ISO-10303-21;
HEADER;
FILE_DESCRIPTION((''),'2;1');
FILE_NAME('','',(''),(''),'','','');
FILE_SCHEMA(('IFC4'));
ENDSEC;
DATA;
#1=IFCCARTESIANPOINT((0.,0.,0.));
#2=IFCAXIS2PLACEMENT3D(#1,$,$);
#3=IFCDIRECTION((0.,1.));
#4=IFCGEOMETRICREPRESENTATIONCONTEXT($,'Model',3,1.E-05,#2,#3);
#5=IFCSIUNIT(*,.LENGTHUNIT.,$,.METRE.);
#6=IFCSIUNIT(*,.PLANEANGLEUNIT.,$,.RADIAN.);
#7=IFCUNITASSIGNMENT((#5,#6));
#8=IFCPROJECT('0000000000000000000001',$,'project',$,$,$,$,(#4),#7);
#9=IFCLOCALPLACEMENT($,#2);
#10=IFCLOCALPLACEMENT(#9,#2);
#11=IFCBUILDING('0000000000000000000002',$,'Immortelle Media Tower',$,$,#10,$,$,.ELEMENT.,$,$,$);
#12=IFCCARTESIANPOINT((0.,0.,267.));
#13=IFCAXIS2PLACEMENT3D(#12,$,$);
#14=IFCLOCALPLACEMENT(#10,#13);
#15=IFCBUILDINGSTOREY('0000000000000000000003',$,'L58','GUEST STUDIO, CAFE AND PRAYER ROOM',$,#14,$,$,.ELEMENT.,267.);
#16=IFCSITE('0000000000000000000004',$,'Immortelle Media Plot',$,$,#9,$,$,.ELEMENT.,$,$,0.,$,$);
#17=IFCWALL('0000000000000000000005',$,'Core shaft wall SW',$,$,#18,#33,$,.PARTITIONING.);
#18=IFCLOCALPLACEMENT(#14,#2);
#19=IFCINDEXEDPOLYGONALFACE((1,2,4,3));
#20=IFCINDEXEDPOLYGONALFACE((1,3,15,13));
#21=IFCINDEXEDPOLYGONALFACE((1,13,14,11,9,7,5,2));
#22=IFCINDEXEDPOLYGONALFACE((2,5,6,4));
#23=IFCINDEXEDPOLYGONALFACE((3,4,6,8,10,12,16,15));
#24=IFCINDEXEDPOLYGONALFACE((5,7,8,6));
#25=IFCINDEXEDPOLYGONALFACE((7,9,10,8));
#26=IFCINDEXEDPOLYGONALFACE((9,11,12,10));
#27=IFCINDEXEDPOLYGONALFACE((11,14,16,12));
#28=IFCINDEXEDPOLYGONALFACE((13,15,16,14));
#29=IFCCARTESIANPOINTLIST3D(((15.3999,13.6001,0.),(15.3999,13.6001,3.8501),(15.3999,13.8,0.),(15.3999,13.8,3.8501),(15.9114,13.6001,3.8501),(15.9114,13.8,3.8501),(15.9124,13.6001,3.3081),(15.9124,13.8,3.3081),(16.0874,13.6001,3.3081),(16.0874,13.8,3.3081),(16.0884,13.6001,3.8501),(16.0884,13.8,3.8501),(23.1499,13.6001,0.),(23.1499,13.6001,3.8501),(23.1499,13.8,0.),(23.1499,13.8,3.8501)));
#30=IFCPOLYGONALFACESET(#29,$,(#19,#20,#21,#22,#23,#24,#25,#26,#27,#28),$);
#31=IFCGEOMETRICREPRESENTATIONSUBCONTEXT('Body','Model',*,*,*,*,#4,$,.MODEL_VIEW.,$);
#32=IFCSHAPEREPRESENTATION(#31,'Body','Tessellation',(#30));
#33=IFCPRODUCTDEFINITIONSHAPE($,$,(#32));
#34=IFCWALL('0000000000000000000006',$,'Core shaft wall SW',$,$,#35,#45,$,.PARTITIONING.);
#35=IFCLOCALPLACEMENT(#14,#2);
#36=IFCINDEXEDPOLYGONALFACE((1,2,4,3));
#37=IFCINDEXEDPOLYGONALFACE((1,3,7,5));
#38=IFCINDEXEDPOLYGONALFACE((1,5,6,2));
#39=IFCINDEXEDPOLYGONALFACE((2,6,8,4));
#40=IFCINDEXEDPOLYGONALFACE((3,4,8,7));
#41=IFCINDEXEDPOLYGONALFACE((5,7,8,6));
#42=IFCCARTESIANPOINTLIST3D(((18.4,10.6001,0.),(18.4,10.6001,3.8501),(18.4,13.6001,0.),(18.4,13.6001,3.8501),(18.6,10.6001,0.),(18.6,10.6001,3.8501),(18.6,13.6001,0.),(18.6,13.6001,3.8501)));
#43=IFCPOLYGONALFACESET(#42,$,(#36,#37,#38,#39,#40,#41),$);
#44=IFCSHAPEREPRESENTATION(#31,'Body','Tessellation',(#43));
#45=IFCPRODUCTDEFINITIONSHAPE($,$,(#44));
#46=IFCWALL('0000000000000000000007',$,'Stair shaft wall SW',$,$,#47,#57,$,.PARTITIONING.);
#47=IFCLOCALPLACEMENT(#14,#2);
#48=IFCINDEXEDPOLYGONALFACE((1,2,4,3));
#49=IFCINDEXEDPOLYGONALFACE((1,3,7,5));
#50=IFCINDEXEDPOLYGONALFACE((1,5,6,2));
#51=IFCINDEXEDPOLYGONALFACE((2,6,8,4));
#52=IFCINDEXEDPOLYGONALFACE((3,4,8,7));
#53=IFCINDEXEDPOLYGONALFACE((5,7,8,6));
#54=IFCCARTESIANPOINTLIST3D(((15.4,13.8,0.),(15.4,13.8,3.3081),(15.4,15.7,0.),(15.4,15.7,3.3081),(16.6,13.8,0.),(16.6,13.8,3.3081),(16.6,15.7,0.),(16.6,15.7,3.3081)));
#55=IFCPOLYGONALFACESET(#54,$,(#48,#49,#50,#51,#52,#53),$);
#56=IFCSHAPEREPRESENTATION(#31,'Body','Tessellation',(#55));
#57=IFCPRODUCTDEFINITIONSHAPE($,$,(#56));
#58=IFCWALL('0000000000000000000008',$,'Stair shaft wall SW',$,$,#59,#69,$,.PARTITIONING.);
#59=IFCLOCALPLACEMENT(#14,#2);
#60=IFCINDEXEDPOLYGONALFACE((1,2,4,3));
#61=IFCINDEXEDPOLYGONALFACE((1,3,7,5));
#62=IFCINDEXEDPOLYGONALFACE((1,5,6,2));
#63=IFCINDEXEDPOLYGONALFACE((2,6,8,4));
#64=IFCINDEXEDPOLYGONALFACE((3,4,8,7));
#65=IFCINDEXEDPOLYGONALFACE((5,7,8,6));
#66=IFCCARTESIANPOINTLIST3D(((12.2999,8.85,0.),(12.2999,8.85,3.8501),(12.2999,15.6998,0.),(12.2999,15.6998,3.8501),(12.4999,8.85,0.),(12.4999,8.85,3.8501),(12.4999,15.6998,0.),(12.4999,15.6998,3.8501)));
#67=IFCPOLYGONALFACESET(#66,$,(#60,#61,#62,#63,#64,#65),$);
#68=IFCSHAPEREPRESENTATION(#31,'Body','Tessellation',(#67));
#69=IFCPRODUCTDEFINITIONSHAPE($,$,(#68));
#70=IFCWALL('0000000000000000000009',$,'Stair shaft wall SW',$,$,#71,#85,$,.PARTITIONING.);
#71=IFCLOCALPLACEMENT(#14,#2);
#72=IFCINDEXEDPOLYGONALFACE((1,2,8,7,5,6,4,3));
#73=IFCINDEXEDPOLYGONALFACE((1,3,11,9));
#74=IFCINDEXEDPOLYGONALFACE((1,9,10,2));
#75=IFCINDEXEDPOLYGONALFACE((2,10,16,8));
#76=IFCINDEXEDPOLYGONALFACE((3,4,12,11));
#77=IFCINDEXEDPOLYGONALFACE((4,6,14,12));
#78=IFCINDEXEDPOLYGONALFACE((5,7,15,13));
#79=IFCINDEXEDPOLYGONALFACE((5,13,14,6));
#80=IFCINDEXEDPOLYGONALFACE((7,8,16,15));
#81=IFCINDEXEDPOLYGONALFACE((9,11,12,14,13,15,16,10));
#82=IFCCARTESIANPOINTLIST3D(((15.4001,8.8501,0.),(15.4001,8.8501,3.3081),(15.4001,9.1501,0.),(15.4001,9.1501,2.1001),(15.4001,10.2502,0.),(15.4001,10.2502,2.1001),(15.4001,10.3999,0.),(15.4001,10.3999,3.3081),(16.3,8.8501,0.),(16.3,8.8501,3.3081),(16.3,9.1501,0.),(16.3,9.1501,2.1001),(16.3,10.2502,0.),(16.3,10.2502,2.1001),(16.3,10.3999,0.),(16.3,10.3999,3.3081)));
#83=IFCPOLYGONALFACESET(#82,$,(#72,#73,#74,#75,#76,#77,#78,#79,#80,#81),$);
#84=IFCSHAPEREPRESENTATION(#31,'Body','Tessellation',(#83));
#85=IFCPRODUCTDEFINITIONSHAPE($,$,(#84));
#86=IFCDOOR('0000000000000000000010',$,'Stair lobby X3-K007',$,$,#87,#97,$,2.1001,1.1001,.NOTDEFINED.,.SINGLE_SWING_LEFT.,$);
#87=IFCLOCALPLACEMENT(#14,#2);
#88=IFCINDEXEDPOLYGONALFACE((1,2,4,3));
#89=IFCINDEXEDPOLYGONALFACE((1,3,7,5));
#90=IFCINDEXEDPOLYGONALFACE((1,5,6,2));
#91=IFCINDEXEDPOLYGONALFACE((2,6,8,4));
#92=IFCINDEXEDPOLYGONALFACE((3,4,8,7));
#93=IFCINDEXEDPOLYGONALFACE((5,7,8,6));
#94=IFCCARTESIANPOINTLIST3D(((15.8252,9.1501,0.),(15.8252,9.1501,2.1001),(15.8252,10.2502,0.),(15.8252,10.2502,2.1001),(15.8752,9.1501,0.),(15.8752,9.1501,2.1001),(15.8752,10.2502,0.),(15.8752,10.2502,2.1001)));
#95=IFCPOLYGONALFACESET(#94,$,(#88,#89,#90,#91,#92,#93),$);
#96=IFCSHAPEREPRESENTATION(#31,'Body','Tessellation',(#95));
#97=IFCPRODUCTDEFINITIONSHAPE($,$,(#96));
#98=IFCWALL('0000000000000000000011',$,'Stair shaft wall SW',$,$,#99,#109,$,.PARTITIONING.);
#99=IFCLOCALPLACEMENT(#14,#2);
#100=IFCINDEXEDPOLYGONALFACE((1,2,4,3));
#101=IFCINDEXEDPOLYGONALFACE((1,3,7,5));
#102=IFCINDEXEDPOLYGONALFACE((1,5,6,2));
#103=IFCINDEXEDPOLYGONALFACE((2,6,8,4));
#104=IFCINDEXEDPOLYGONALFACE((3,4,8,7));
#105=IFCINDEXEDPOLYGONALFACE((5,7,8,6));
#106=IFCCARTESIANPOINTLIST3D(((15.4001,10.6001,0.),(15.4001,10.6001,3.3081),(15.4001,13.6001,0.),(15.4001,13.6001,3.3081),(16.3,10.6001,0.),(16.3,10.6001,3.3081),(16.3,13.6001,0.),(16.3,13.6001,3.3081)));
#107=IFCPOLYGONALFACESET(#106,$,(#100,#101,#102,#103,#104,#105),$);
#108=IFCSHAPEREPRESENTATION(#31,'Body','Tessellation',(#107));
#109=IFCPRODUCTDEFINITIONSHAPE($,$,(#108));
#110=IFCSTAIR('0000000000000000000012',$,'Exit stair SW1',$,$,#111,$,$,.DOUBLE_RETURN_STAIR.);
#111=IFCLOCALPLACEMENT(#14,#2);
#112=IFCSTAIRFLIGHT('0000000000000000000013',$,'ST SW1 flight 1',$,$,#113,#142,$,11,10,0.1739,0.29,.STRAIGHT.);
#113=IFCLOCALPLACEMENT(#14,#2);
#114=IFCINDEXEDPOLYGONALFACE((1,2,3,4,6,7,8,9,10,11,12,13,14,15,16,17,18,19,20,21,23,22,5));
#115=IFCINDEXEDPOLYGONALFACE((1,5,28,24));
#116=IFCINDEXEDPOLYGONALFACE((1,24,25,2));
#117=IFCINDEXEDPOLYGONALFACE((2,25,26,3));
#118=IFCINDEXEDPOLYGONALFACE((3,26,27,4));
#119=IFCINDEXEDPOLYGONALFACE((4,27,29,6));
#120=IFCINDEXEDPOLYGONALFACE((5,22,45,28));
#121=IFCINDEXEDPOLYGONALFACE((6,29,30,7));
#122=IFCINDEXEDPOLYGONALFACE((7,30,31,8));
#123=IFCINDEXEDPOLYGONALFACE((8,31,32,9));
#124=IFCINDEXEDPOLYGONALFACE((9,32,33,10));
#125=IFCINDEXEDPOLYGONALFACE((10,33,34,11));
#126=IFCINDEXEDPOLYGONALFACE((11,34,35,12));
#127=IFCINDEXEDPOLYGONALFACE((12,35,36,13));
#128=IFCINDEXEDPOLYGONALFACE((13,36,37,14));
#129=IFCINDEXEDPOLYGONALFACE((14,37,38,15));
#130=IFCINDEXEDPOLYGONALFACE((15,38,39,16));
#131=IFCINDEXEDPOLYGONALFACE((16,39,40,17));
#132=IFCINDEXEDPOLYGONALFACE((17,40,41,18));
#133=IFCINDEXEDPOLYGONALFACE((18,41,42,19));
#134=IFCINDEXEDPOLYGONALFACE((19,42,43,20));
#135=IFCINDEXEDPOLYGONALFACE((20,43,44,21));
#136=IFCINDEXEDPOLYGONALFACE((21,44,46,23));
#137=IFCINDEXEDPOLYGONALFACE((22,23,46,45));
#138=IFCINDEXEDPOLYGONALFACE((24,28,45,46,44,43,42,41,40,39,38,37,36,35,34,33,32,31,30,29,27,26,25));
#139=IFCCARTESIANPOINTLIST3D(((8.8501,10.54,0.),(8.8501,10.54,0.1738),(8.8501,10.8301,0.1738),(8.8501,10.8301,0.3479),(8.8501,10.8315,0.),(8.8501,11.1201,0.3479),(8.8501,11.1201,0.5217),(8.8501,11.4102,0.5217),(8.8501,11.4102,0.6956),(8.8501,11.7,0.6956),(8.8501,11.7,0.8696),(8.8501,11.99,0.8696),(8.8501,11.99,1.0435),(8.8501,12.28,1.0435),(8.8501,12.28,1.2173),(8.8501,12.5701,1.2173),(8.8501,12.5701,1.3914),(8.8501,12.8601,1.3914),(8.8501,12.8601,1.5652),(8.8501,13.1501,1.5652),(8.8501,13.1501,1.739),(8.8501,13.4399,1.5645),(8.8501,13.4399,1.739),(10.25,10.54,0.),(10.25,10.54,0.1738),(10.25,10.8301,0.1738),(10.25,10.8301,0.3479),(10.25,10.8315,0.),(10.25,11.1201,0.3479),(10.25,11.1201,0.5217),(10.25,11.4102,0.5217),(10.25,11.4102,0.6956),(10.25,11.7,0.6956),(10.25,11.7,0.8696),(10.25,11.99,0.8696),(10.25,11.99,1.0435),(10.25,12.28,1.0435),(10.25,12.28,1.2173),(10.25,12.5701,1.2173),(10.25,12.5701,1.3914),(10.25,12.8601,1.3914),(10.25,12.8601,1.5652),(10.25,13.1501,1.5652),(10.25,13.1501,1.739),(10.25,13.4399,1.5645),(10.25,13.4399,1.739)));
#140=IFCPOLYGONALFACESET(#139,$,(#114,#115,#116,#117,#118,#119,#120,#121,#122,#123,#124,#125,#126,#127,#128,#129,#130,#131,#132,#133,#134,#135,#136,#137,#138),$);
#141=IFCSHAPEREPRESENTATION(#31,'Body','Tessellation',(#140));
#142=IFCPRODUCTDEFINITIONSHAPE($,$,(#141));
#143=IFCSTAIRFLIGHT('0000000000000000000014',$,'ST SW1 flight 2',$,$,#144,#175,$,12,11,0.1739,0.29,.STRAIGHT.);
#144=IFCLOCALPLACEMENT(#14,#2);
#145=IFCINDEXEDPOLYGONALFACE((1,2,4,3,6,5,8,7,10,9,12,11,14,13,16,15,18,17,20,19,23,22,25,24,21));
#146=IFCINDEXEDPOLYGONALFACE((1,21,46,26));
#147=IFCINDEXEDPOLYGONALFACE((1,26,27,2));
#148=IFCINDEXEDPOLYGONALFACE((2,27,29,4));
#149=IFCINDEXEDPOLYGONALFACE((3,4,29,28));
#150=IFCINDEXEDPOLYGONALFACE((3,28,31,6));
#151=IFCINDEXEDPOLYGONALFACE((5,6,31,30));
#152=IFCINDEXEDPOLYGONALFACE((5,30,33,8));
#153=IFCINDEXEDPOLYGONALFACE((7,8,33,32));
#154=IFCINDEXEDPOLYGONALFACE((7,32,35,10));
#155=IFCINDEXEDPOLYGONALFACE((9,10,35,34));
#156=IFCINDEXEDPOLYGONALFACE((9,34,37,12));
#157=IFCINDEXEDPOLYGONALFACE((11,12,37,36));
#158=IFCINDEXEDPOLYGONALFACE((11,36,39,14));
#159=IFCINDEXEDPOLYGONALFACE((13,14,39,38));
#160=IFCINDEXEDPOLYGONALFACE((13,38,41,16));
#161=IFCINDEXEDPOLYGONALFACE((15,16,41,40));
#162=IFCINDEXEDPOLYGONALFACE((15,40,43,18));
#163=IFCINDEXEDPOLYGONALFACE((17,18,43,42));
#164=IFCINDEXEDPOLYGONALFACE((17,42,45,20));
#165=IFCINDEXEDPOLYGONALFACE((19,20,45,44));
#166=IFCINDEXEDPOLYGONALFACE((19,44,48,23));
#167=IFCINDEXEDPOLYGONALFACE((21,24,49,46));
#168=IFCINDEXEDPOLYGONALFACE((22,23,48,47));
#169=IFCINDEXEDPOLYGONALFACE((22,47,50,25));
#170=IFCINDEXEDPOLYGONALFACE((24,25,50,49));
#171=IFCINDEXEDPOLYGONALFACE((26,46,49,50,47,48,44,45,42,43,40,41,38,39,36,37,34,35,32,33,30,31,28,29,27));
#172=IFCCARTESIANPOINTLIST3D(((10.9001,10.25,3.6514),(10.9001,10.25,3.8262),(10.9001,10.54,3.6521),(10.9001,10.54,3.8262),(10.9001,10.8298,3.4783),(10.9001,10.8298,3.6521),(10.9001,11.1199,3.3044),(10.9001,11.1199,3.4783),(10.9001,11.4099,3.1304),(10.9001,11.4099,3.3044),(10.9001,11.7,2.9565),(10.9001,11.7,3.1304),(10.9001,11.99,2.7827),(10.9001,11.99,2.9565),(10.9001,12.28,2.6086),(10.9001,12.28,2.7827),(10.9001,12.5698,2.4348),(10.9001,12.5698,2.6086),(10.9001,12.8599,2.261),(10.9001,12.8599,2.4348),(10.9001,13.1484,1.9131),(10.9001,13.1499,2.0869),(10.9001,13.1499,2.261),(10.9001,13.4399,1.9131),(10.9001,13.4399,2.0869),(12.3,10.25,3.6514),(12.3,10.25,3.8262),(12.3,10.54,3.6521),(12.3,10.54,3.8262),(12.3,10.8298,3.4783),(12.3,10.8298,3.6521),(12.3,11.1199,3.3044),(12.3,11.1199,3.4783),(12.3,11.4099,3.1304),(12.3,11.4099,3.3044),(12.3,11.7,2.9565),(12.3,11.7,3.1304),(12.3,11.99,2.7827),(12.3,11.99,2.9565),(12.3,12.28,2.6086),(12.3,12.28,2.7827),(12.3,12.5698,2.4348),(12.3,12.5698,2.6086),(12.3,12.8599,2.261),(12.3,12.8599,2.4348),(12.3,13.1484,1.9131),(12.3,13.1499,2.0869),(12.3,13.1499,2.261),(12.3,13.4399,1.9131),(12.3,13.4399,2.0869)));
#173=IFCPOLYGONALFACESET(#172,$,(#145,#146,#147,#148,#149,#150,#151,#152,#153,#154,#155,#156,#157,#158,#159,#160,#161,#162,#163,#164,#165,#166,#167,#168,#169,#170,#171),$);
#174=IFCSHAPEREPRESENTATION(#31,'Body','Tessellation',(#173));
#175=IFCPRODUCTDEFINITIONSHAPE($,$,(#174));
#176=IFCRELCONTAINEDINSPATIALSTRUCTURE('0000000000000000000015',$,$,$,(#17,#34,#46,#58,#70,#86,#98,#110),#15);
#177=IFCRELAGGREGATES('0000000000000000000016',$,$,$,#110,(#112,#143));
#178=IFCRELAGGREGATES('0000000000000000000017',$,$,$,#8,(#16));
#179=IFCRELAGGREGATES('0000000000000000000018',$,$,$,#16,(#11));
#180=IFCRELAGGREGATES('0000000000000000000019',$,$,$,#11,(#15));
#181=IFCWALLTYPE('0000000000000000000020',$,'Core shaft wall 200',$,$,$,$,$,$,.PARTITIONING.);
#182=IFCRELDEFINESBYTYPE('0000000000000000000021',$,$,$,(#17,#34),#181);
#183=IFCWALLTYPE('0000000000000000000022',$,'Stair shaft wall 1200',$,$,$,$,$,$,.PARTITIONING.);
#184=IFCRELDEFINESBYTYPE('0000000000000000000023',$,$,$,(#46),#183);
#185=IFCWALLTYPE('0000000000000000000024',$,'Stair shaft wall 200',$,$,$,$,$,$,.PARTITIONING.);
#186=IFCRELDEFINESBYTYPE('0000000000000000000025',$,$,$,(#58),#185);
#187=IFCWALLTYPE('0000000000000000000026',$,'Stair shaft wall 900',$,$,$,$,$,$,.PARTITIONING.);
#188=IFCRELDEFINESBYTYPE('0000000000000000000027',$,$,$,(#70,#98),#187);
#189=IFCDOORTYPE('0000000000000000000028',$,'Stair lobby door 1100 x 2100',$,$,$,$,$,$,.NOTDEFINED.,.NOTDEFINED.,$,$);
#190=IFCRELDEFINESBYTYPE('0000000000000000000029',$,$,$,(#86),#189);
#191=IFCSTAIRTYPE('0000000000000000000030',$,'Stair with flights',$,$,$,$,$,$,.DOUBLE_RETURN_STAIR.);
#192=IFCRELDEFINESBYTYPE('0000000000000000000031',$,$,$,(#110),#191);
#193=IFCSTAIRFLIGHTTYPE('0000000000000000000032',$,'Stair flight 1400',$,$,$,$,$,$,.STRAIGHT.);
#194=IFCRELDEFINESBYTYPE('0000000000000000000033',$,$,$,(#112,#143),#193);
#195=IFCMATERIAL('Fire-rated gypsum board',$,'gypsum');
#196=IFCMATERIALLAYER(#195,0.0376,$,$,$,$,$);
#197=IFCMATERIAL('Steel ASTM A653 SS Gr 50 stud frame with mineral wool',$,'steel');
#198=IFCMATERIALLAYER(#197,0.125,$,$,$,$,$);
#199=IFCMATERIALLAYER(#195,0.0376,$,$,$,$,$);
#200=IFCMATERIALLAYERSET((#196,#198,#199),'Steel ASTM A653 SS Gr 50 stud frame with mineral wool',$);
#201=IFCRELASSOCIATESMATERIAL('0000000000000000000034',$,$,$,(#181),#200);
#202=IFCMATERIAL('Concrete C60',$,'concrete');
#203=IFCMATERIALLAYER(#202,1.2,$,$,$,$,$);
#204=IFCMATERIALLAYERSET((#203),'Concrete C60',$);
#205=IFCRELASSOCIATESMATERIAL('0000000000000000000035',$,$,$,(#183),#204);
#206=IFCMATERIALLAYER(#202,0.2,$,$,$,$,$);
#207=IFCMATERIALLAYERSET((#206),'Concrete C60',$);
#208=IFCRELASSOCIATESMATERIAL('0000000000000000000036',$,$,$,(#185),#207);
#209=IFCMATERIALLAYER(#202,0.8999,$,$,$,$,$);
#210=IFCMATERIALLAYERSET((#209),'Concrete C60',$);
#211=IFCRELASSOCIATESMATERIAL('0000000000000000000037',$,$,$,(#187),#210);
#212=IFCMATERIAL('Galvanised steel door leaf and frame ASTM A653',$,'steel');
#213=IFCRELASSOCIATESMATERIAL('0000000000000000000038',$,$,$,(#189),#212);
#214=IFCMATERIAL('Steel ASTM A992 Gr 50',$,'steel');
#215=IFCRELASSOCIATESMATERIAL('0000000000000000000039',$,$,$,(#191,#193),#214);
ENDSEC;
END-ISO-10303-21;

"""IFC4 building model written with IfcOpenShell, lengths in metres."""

from ifc_helpers import new_model, si_unit, direction, frame, frame_2d, origin, place, context, subcontext, project, spatial, polyline, rectangle, outline, extrude, material, layer, layer_set, type_object, element, fill, aggregate, save


model = new_model("IFC4")

# Units and contexts
model_context = context("Model", 3, precision=1e-05, world=origin(), true_north=direction((0.0, 1.0)))
body_context = subcontext(model_context, "Body", "Model", "MODEL_VIEW")
ifc_project = project(units=[si_unit("LENGTHUNIT", "METRE"), si_unit("PLANEANGLEUNIT", "RADIAN")], contexts=[model_context])

# Site, building, storey
site_placement = place(None, origin())
site = spatial("IfcSite", under=ifc_project, at=site_placement, Name="Immortelle Media Plot", CompositionType="ELEMENT", RefElevation=0.0)
building_placement = place(site_placement, origin())
building = spatial("IfcBuilding", under=site, at=building_placement, Name="Immortelle Media Tower", CompositionType="ELEMENT")
storey_placement = place(building_placement, frame((0.0, 0.0, 267.0)))
storey = spatial("IfcBuildingStorey", under=building, at=storey_placement, Name="L58", Description="GUEST STUDIO, CAFE AND PRAYER ROOM", CompositionType="ELEMENT", Elevation=267.0)

# Shared definitions
ifc_material_1 = material(Name="Steel ASTM A992 Gr 50", Category="steel")

# Shared definitions
ifc_material_2 = material(Name="Fire-rated gypsum board", Category="gypsum")
ifc_layer_1 = layer(ifc_material_2, 0.0376)
ifc_material_3 = material(Name="Steel ASTM A653 SS Gr 50 stud frame with mineral wool", Category="steel")
ifc_layer_2 = layer(ifc_material_3, 0.125)
ifc_layer_3 = layer(ifc_material_2, 0.0376)
ifc_layer_set_1 = layer_set([ifc_layer_1, ifc_layer_2, ifc_layer_3], Name="Steel ASTM A653 SS Gr 50 stud frame with mineral wool")
wall_type_1 = type_object("IfcWallType", Name="Core shaft wall 200", PredefinedType="PARTITIONING", material=ifc_layer_set_1)

# Walls
wall_1_placement = place(storey_placement, frame((15.3999, 13.7, 0.0), z_axis=(0.0, 0.0, 1.0), x_axis=(1.0, 0.0, 0.0)))
element("IfcWall", 1, at=wall_1_placement, inside=storey, type_object=wall_type_1, Name="Core shaft wall SW", PredefinedType="PARTITIONING", context=body_context, shape_type="SweptSolid", body=[
    extrude(outline(polyline([(0.0, 0.0), (7.75, 0.0), (7.75, 3.8501), (0.6885, 3.8501), (0.6875, 3.3081), (0.5125, 3.3081), (0.5115, 3.8501), (0.0, 3.8501), (0.0, 0.0)])), frame((0.0, 0.1001, 0.0), z_axis=(0.0, -1.0, 0.0), x_axis=(1.0, 0.0, 0.0)), (0.0, 0.0, 1.0), 0.2),
])
wall_2_placement = place(storey_placement, frame((18.5, 10.6001, 0.0), z_axis=(0.0, 0.0, 1.0), x_axis=(0.0, 1.0, 0.0)))
element("IfcWall", 2, at=wall_2_placement, inside=storey, type_object=wall_type_1, Name="Core shaft wall SW", PredefinedType="PARTITIONING", context=body_context, shape_type="SweptSolid", body=[
    extrude(rectangle(XDim=3.0, YDim=0.2, at=frame_2d((1.5, 0.0))), origin(), (0.0, 0.0, 1.0), 3.8501),
])
ifc_material_4 = material(Name="Concrete C60", Category="concrete")
ifc_layer_4 = layer(ifc_material_4, 1.2)
ifc_layer_set_2 = layer_set([ifc_layer_4], Name="Concrete C60")
wall_type_2 = type_object("IfcWallType", Name="Stair shaft wall 1200", PredefinedType="PARTITIONING", material=ifc_layer_set_2)
wall_3_placement = place(storey_placement, frame((16.0, 13.8, 0.0), z_axis=(0.0, 0.0, 1.0), x_axis=(0.0, 1.0, 0.0)))
element("IfcWall", 3, at=wall_3_placement, inside=storey, type_object=wall_type_2, Name="Stair shaft wall SW", PredefinedType="PARTITIONING", context=body_context, shape_type="SweptSolid", body=[
    extrude(rectangle(XDim=1.8999, YDim=1.2, at=frame_2d((0.95, 0.0))), origin(), (0.0, 0.0, 1.0), 3.3081),
])
ifc_layer_5 = layer(ifc_material_4, 0.2)
ifc_layer_set_3 = layer_set([ifc_layer_5], Name="Concrete C60")
wall_type_3 = type_object("IfcWallType", Name="Stair shaft wall 200", PredefinedType="PARTITIONING", material=ifc_layer_set_3)
wall_4_placement = place(storey_placement, frame((12.3999, 8.8501, 0.0), z_axis=(0.0, 0.0, 1.0), x_axis=(0.0, 1.0, 0.0)))
element("IfcWall", 4, at=wall_4_placement, inside=storey, type_object=wall_type_3, Name="Stair shaft wall SW", PredefinedType="PARTITIONING", context=body_context, shape_type="SweptSolid", body=[
    extrude(rectangle(XDim=6.8499, YDim=0.2, at=frame_2d((3.4248, 0.0))), origin(), (0.0, 0.0, 1.0), 3.8501),
])

# Wall, opening, door
ifc_layer_6 = layer(ifc_material_4, 0.8999)
ifc_layer_set_4 = layer_set([ifc_layer_6], Name="Concrete C60")
wall_type_4 = type_object("IfcWallType", Name="Stair shaft wall 900", PredefinedType="PARTITIONING", material=ifc_layer_set_4)
wall_5_placement = place(storey_placement, frame((15.8501, 8.8501, 0.0), z_axis=(0.0, 0.0, 1.0), x_axis=(0.0, 1.0, 0.0)))
wall_5 = element("IfcWall", 5, at=wall_5_placement, inside=storey, type_object=wall_type_4, Name="Stair shaft wall SW", PredefinedType="PARTITIONING", context=body_context, shape_type="SweptSolid", body=[
    extrude(rectangle(XDim=1.5498, YDim=0.8999, at=frame_2d((0.7749, 0.0))), origin(), (0.0, 0.0, 1.0), 3.3081),
])
opening_1_placement = place(wall_5_placement, frame((0.3, 0.0, 0.0)))
opening_1 = element("IfcOpeningElement", 6, at=opening_1_placement, cuts=wall_5, PredefinedType="OPENING", context=body_context, shape_type="SweptSolid", body=[
    extrude(rectangle(XDim=1.1001, YDim=2.1001, at=frame_2d((0.55, 1.05))), frame((0.0, 0.46, 0.0), z_axis=(0.0, -1.0, 0.0), x_axis=(1.0, 0.0, 0.0)), (0.0, 0.0, 1.0), 0.9199),
])
ifc_material_5 = material(Name="Galvanised steel door leaf and frame ASTM A653", Category="steel")
door_type_1 = type_object("IfcDoorType", Name="Stair lobby door 1100 x 2100", OperationType="NOTDEFINED", PredefinedType="NOTDEFINED", material=ifc_material_5)
door_1_placement = place(opening_1_placement, origin())
door_1 = element("IfcDoor", 7, at=door_1_placement, inside=storey, type_object=door_type_1, Name="Stair lobby X3-K007", OperationType="SINGLE_SWING_LEFT", OverallHeight=2.1001, OverallWidth=1.1001, PredefinedType="NOTDEFINED", context=body_context, shape_type="SweptSolid", body=[
    extrude(rectangle(XDim=1.1001, YDim=2.1001, at=frame_2d((0.55, 1.05))), frame((0.0, 0.0249, 0.0), z_axis=(0.0, -1.0, 0.0), x_axis=(1.0, 0.0, 0.0)), (0.0, 0.0, 1.0), 0.05),
])
fill(opening_1, door_1)

# Wall
wall_6_placement = place(storey_placement, frame((15.8501, 10.6001, 0.0), z_axis=(0.0, 0.0, 1.0), x_axis=(0.0, 1.0, 0.0)))
element("IfcWall", 8, at=wall_6_placement, inside=storey, type_object=wall_type_4, Name="Stair shaft wall SW", PredefinedType="PARTITIONING", context=body_context, shape_type="SweptSolid", body=[
    extrude(rectangle(XDim=3.0, YDim=0.8999, at=frame_2d((1.5, 0.0))), origin(), (0.0, 0.0, 1.0), 3.3081),
])

# Stair, stair flights
stair_type = type_object("IfcStairType", Name="Stair with flights", PredefinedType="DOUBLE_RETURN_STAIR", material=ifc_material_1)
stair_1_placement = place(storey_placement, origin())
stair_1 = element("IfcStair", 9, at=stair_1_placement, inside=storey, type_object=stair_type, Name="Exit stair SW1", PredefinedType="DOUBLE_RETURN_STAIR")
stair_flight_type = type_object("IfcStairFlightType", Name="Stair flight 1400", PredefinedType="STRAIGHT", material=ifc_material_1)
stair_flight_1_placement = place(storey_placement, frame((9.55, 10.54, 0.0), z_axis=(0.0, 0.0, 1.0), x_axis=(0.0, 1.0, 0.0)))
stair_flight_1 = element("IfcStairFlight", 10, at=stair_flight_1_placement, type_object=stair_flight_type, Name="ST SW1 flight 1", NumberOfRisers=11, NumberOfTreads=10, PredefinedType="STRAIGHT", RiserHeight=0.1739, TreadLength=0.29, context=body_context, shape_type="SweptSolid", body=[
    extrude(outline(polyline([(0.0, 0.0), (0.0, 0.1738), (0.29, 0.1738), (0.29, 0.3479), (0.5801, 0.3479), (0.5801, 0.5217), (0.8701, 0.5217), (0.8701, 0.6956), (1.1599, 0.6956), (1.1599, 0.8696), (1.45, 0.8696), (1.45, 1.0435), (1.74, 1.0435), (1.74, 1.2173), (2.03, 1.2173), (2.03, 1.3914), (2.3201, 1.3914), (2.3201, 1.5652), (2.6101, 1.5652), (2.6101, 1.739), (2.8999, 1.739), (2.8999, 1.9131), (2.8999, 1.5645), (0.2915, 0.0), (0.0, 0.0)])), frame((0.0, 0.7, 0.0), z_axis=(0.0, -1.0, 0.0), x_axis=(1.0, 0.0, 0.0)), (0.0, 0.0, 1.0), 1.3999),
])
stair_flight_2_placement = place(storey_placement, frame((11.6001, 13.4399, 1.9131), z_axis=(0.0, 0.0, 1.0), x_axis=(0.0, -1.0, 0.0)))
stair_flight_2 = element("IfcStairFlight", 11, at=stair_flight_2_placement, type_object=stair_flight_type, Name="ST SW1 flight 2", NumberOfRisers=12, NumberOfTreads=11, PredefinedType="STRAIGHT", RiserHeight=0.1739, TreadLength=0.29, context=body_context, shape_type="SweptSolid", body=[
    extrude(outline(polyline([(0.0, 0.0), (0.0, 0.1738), (0.29, 0.1738), (0.29, 0.3479), (0.5801, 0.3479), (0.5801, 0.5217), (0.8701, 0.5217), (0.8701, 0.6956), (1.1599, 0.6956), (1.1599, 0.8696), (1.45, 0.8696), (1.45, 1.0435), (1.74, 1.0435), (1.74, 1.2173), (2.03, 1.2173), (2.03, 1.3914), (2.3201, 1.3914), (2.3201, 1.5652), (2.6101, 1.5652), (2.6101, 1.739), (2.8999, 1.739), (2.8999, 1.9131), (3.1899, 1.9131), (3.1899, 2.0869), (3.1899, 1.7383), (0.2915, 0.0), (0.0, 0.0)])), frame((0.0, 0.7, 0.0), z_axis=(0.0, -1.0, 0.0), x_axis=(1.0, 0.0, 0.0)), (0.0, 0.0, 1.0), 1.3999),
])
aggregate(stair_1, [stair_flight_1, stair_flight_2])

save(model, "model.ifc")
